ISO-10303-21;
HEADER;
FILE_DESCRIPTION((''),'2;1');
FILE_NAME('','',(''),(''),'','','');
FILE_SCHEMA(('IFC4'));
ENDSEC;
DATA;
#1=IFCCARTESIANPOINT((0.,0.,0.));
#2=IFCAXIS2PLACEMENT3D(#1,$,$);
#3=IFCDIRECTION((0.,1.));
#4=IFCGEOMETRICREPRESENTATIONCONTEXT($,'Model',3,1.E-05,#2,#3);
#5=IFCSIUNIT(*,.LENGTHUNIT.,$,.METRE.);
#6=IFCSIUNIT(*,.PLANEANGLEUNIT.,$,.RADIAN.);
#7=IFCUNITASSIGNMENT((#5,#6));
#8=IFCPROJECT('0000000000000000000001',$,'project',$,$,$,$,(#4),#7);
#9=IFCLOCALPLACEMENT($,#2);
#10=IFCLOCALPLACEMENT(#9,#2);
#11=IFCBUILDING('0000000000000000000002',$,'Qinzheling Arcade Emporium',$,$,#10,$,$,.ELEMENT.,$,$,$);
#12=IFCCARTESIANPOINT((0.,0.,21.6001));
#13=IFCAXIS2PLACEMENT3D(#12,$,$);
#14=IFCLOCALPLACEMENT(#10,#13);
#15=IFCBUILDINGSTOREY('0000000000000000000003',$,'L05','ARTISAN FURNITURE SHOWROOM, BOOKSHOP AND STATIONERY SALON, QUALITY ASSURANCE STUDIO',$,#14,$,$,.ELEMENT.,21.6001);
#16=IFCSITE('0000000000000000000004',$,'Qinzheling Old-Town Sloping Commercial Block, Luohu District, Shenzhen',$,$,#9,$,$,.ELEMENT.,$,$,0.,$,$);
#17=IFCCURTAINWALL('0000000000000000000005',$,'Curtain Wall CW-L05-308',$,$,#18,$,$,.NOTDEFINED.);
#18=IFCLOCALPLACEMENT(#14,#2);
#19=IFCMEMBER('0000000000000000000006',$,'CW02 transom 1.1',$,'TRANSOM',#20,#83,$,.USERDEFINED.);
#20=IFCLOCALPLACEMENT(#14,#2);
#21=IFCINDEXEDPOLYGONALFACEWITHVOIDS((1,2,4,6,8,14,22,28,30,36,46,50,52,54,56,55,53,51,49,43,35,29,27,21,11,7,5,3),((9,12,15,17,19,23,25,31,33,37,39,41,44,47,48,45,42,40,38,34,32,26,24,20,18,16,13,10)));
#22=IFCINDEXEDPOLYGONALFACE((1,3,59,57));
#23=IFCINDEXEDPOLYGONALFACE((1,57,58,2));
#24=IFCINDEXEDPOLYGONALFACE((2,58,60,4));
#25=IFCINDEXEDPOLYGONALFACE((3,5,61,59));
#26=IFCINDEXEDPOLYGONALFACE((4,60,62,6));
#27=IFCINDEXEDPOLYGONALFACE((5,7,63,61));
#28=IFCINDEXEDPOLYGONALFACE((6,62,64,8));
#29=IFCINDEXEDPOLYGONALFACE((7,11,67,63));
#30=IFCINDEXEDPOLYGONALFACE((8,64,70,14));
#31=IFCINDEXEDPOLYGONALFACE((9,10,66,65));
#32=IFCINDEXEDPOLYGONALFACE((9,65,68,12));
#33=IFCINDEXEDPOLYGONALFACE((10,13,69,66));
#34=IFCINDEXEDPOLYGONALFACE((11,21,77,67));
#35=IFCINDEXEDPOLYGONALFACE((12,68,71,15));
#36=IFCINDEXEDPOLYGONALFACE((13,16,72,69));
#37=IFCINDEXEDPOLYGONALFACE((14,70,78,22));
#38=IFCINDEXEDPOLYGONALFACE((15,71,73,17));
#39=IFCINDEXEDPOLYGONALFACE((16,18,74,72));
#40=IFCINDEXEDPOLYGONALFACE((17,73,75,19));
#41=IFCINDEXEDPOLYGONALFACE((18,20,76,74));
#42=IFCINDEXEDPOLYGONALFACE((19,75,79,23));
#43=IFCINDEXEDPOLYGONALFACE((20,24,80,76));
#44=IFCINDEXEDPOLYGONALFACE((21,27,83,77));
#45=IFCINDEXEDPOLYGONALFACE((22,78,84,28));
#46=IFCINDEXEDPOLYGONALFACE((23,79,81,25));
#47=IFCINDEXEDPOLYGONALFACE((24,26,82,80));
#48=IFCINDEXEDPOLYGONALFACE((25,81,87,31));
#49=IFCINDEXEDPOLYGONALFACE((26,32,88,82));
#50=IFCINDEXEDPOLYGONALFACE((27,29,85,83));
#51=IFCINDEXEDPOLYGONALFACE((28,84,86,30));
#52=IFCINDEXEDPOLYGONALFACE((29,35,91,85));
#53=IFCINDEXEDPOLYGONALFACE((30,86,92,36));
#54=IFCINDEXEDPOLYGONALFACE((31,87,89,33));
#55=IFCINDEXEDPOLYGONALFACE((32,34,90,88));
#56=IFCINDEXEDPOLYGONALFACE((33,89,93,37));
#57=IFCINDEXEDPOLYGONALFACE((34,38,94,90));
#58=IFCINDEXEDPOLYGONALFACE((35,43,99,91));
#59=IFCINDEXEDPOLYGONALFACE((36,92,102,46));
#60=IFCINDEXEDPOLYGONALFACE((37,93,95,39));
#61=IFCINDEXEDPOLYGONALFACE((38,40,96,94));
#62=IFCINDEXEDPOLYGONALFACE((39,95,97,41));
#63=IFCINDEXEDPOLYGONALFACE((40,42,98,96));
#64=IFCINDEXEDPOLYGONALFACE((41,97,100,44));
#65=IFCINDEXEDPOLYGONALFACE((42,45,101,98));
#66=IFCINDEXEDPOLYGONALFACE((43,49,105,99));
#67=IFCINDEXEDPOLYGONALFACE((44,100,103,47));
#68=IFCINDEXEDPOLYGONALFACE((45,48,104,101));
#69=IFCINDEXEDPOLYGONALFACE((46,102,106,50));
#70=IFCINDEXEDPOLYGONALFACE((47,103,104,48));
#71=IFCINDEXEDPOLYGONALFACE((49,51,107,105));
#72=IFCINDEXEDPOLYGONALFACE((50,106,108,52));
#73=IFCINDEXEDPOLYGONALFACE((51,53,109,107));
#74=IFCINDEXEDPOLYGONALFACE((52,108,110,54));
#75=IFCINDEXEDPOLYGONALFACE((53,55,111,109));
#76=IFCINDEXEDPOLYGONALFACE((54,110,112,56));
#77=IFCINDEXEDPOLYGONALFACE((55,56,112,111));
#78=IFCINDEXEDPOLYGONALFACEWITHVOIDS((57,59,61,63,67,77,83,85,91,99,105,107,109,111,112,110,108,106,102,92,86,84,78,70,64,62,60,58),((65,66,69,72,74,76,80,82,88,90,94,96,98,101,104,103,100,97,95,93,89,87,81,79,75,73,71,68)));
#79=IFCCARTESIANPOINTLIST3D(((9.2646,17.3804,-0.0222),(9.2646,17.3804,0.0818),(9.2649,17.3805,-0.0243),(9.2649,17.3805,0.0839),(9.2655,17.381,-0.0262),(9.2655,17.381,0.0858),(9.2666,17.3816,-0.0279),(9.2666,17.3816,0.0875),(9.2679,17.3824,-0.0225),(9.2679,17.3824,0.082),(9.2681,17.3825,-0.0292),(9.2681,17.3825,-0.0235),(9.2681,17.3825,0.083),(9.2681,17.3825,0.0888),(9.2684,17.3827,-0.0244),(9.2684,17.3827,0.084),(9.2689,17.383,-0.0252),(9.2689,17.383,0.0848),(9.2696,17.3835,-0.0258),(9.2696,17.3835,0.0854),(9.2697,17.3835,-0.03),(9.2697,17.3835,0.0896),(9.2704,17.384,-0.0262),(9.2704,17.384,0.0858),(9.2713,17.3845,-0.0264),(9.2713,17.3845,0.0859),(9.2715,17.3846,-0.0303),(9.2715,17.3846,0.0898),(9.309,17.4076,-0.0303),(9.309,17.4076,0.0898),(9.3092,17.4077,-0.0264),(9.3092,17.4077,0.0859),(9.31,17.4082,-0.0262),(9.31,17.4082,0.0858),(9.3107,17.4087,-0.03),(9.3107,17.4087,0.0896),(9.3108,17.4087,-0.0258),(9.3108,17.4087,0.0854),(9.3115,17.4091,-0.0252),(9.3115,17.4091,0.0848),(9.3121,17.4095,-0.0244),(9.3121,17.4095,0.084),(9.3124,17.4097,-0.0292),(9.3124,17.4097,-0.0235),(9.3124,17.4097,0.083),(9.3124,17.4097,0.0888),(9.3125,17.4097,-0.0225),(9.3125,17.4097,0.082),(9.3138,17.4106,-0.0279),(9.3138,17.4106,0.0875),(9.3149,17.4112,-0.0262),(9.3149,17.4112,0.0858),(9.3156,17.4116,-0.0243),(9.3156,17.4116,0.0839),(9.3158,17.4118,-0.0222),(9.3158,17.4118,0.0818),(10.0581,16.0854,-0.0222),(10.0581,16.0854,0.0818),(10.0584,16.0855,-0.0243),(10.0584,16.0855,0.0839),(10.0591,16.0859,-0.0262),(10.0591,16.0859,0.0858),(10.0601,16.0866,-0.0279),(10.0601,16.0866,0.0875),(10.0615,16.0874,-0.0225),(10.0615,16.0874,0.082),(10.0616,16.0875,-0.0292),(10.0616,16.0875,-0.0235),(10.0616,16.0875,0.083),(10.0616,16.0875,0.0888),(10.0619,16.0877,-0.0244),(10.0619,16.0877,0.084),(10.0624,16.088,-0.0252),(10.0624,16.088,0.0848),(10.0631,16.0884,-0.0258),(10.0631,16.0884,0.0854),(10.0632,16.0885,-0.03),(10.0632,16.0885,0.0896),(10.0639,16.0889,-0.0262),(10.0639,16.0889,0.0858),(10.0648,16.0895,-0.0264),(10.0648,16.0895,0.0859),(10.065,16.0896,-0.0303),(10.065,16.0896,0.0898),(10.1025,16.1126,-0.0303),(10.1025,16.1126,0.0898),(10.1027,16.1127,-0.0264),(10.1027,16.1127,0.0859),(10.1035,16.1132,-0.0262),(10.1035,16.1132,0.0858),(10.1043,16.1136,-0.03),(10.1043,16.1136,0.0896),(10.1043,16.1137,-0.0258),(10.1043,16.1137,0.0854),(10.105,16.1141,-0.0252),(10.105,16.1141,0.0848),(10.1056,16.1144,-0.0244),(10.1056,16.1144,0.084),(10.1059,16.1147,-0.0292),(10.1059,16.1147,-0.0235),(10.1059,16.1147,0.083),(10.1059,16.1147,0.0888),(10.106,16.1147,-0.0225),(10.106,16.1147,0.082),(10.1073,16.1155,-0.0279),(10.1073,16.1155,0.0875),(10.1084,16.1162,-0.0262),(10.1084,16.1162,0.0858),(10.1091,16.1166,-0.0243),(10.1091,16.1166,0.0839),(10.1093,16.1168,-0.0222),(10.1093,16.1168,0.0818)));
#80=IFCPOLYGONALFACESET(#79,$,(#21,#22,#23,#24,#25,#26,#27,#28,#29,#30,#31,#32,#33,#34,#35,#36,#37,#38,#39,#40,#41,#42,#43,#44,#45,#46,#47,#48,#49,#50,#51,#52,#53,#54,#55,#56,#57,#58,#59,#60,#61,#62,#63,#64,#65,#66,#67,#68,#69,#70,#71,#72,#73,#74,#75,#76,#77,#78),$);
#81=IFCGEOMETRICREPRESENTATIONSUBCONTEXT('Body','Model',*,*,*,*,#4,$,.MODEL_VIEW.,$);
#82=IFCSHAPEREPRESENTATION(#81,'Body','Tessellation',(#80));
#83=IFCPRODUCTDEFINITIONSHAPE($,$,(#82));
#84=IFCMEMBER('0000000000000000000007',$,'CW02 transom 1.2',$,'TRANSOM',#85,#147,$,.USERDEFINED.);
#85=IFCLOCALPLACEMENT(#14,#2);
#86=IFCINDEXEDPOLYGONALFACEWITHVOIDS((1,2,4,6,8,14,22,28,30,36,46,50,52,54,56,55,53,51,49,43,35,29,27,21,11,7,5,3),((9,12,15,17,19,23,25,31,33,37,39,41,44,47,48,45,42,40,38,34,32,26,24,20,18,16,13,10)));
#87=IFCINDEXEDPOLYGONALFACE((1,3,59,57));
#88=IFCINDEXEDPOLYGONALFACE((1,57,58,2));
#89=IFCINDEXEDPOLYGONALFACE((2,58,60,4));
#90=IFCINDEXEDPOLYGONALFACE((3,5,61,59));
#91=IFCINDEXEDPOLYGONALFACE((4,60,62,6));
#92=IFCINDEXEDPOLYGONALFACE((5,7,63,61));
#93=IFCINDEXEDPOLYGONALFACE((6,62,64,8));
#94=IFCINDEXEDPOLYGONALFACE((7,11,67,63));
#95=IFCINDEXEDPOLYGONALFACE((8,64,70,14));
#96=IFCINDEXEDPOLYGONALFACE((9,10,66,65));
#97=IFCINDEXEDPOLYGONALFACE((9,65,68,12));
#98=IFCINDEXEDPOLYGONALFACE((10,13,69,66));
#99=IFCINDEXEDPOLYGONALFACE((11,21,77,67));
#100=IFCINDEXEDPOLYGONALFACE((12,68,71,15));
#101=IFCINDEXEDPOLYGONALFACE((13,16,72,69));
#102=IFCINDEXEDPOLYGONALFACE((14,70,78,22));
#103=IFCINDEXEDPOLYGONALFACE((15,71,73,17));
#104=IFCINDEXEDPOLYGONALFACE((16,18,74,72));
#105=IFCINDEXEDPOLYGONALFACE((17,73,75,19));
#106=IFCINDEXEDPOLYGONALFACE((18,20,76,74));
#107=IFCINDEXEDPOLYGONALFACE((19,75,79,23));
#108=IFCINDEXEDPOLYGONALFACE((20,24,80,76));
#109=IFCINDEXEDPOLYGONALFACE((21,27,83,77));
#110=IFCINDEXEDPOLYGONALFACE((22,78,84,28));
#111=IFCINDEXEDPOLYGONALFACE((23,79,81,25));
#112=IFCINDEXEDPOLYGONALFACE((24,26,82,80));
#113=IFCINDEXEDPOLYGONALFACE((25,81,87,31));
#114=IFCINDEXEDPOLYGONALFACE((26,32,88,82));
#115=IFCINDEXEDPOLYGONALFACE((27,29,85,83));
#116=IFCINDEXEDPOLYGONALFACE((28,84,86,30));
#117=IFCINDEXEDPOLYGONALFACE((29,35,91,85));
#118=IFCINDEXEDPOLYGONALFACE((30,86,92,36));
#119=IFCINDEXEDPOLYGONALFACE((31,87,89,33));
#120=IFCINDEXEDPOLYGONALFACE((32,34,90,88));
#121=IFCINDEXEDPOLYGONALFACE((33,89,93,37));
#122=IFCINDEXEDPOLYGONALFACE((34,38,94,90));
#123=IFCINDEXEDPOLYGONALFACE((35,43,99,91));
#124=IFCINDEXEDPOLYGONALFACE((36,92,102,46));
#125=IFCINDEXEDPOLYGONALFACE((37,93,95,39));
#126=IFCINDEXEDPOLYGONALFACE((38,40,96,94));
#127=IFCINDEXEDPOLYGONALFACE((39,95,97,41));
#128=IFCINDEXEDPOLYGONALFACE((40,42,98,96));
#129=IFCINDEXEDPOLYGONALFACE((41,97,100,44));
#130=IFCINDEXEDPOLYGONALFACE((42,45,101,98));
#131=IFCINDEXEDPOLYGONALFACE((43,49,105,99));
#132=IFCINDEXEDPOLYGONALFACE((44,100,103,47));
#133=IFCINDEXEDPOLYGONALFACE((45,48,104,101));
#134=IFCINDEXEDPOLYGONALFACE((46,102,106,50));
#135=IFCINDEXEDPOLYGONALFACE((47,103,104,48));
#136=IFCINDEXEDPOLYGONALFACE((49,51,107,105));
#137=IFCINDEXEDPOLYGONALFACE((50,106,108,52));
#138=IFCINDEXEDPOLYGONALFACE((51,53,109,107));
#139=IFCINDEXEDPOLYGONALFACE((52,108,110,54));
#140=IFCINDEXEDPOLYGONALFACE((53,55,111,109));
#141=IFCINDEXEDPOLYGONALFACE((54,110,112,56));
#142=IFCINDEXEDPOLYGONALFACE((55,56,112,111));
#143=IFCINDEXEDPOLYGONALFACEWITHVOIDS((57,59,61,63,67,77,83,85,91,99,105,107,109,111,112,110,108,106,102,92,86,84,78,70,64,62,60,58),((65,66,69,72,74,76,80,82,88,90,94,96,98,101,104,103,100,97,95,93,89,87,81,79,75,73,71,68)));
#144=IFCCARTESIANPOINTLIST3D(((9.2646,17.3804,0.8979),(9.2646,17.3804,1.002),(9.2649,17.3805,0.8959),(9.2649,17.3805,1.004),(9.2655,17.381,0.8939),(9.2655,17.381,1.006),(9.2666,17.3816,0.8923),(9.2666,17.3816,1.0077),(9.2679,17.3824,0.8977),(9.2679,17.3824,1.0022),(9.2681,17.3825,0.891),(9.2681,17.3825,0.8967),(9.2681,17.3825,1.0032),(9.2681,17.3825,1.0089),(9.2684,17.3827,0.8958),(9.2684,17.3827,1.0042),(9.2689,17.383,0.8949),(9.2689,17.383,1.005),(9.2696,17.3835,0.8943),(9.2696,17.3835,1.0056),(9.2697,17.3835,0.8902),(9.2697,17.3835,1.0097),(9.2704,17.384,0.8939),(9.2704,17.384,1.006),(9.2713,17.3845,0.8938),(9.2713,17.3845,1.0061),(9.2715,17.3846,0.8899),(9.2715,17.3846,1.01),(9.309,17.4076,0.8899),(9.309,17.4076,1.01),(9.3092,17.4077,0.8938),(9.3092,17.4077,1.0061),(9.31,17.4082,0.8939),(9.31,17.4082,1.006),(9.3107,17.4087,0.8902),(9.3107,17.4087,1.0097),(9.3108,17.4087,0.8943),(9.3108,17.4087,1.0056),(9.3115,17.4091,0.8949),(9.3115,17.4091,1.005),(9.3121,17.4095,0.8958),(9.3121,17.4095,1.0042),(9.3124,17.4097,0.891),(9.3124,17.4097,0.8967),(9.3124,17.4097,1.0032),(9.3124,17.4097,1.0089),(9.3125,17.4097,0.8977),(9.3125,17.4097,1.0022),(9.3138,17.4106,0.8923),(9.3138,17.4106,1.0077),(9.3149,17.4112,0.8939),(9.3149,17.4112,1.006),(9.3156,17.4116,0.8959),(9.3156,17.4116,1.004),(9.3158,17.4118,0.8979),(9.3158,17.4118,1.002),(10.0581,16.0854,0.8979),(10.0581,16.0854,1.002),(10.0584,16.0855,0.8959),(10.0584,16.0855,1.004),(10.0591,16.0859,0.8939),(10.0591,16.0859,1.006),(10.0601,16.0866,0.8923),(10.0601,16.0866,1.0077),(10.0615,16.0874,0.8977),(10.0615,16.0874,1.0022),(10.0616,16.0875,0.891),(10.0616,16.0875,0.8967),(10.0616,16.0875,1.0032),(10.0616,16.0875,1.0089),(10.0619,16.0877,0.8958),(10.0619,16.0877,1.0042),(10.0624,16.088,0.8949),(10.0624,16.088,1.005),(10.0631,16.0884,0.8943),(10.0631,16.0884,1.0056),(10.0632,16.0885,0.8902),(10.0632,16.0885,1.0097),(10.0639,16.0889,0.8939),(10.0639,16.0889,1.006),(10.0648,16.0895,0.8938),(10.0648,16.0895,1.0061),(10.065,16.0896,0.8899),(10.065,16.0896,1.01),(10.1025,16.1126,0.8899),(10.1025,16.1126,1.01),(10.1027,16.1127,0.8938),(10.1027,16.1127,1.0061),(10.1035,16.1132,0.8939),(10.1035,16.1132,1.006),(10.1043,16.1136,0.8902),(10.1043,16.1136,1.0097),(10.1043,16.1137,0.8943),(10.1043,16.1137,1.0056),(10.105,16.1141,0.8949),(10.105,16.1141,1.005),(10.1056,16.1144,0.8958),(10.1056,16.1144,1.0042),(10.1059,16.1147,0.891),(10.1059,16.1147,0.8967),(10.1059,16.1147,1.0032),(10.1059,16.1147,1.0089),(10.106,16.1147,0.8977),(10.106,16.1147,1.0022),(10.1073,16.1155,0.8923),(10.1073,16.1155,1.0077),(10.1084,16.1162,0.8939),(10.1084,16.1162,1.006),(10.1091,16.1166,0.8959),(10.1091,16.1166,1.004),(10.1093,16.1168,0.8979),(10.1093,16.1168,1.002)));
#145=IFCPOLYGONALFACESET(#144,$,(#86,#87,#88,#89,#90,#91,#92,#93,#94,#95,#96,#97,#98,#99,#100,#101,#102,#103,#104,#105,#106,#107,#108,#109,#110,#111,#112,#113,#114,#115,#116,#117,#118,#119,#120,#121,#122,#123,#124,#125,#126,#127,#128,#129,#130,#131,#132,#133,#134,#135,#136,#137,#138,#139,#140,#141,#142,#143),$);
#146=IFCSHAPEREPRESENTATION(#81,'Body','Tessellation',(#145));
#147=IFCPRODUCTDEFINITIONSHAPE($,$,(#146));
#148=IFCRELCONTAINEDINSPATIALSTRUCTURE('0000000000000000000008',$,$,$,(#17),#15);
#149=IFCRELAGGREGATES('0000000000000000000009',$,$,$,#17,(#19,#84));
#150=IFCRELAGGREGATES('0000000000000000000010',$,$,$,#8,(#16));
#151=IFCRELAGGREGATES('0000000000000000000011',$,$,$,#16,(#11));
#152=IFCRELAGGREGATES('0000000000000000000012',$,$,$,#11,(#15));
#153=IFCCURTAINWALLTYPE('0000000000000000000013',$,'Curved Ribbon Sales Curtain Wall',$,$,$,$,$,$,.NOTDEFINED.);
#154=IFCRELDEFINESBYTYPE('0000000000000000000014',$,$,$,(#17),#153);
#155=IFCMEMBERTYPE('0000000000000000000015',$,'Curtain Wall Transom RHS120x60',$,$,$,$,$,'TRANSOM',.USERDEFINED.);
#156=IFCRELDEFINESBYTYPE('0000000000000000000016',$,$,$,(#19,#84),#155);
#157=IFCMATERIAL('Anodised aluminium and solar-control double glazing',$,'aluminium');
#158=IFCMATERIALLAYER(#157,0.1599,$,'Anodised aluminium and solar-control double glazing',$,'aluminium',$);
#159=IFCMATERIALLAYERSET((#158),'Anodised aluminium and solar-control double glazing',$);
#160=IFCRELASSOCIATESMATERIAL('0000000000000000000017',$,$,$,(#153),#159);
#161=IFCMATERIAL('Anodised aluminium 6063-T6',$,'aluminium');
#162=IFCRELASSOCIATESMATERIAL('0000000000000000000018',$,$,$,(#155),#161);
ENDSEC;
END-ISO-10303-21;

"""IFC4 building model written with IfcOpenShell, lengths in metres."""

from ifc_helpers import new_model, si_unit, direction, frame, origin, origin_2d, place, context, subcontext, project, spatial, hollow_rectangle, extrude, material, layer, layer_set, material_profile, profile_set, type_object, element, aggregate, save


model = new_model("IFC4")

# Units and contexts
model_context = context("Model", 3, precision=1e-05, world=origin(), true_north=direction((0.0, 1.0)))
body_context = subcontext(model_context, "Body", "Model", "MODEL_VIEW")
ifc_project = project(units=[si_unit("LENGTHUNIT", "METRE"), si_unit("PLANEANGLEUNIT", "RADIAN")], contexts=[model_context])

# Site, building, storey
site_placement = place(None, origin())
site = spatial("IfcSite", under=ifc_project, at=site_placement, Name="Qinzheling Old-Town Sloping Commercial Block, Luohu District, Shenzhen", CompositionType="ELEMENT", RefElevation=0.0)
building_placement = place(site_placement, origin())
building = spatial("IfcBuilding", under=site, at=building_placement, Name="Qinzheling Arcade Emporium", CompositionType="ELEMENT")
storey_placement = place(building_placement, frame((0.0, 0.0, 21.6001)))
storey = spatial("IfcBuildingStorey", under=building, at=storey_placement, Name="L05", Description="ARTISAN FURNITURE SHOWROOM, BOOKSHOP AND STATIONERY SALON, QUALITY ASSURANCE STUDIO", CompositionType="ELEMENT", Elevation=21.6001)

# Curtain wall
ifc_material_1 = material(Name="Anodised aluminium and solar-control double glazing", Category="aluminium")
ifc_layer_1 = layer(ifc_material_1, 0.1599, Name="Anodised aluminium and solar-control double glazing", Category="aluminium")
ifc_layer_set_1 = layer_set([ifc_layer_1], Name="Anodised aluminium and solar-control double glazing")
curtain_wall_type = type_object("IfcCurtainWallType", Name="Curved Ribbon Sales Curtain Wall", PredefinedType="NOTDEFINED", material=ifc_layer_set_1)
ifc_material_2 = material(Name="Anodised aluminium 6063-T6", Category="aluminium")
curtain_wall_1_placement = place(storey_placement, origin())
curtain_wall_1 = element("IfcCurtainWall", 1, at=curtain_wall_1_placement, inside=storey, type_object=curtain_wall_type, Name="Curtain Wall CW-L05-308", PredefinedType="NOTDEFINED")

# Members
ifc_material_profile_1 = material_profile(ifc_material_2, hollow_rectangle(XDim=0.0601, YDim=0.1201, WallThickness=0.0039, InnerFilletRadius=0.0039, OuterFilletRadius=0.0081, at=origin_2d()), Name="RHS 120x60x4", Category="aluminium")
ifc_profile_set_1 = profile_set([ifc_material_profile_1], Name="Anodised aluminium 6063-T6")
member_type_1 = type_object("IfcMemberType", Name="Curtain Wall Transom RHS120x60", ElementType="TRANSOM", PredefinedType="USERDEFINED", material=ifc_profile_set_1)
member_1_placement = place(storey_placement, frame((10.0837, 16.1011, 0.0298), z_axis=(-0.522464, 0.852661, 0.0), x_axis=(-0.852661, -0.522464, 0.0)))
member_1 = element("IfcMember", 2, at=member_1_placement, type_object=member_type_1, Name="CW02 transom 1.1", ObjectType="TRANSOM", PredefinedType="USERDEFINED", context=body_context, shape_type="SweptSolid", body=[
    extrude(hollow_rectangle(XDim=0.0601, YDim=0.1201, WallThickness=0.0039, InnerFilletRadius=0.0039, OuterFilletRadius=0.0081, at=origin_2d()), origin(), (0.0, 0.0, 1.0), 1.5188),
])
member_2_placement = place(storey_placement, frame((10.0837, 16.1011, 0.95), z_axis=(-0.522464, 0.852661, 0.0), x_axis=(-0.852661, -0.522464, 0.0)))
member_2 = element("IfcMember", 3, at=member_2_placement, type_object=member_type_1, Name="CW02 transom 1.2", ObjectType="TRANSOM", PredefinedType="USERDEFINED", context=body_context, shape_type="SweptSolid", body=[
    extrude(hollow_rectangle(XDim=0.0601, YDim=0.1201, WallThickness=0.0039, InnerFilletRadius=0.0039, OuterFilletRadius=0.0081, at=origin_2d()), origin(), (0.0, 0.0, 1.0), 1.5188),
])

aggregate(curtain_wall_1, [member_1, member_2])

save(model, "model.ifc")
